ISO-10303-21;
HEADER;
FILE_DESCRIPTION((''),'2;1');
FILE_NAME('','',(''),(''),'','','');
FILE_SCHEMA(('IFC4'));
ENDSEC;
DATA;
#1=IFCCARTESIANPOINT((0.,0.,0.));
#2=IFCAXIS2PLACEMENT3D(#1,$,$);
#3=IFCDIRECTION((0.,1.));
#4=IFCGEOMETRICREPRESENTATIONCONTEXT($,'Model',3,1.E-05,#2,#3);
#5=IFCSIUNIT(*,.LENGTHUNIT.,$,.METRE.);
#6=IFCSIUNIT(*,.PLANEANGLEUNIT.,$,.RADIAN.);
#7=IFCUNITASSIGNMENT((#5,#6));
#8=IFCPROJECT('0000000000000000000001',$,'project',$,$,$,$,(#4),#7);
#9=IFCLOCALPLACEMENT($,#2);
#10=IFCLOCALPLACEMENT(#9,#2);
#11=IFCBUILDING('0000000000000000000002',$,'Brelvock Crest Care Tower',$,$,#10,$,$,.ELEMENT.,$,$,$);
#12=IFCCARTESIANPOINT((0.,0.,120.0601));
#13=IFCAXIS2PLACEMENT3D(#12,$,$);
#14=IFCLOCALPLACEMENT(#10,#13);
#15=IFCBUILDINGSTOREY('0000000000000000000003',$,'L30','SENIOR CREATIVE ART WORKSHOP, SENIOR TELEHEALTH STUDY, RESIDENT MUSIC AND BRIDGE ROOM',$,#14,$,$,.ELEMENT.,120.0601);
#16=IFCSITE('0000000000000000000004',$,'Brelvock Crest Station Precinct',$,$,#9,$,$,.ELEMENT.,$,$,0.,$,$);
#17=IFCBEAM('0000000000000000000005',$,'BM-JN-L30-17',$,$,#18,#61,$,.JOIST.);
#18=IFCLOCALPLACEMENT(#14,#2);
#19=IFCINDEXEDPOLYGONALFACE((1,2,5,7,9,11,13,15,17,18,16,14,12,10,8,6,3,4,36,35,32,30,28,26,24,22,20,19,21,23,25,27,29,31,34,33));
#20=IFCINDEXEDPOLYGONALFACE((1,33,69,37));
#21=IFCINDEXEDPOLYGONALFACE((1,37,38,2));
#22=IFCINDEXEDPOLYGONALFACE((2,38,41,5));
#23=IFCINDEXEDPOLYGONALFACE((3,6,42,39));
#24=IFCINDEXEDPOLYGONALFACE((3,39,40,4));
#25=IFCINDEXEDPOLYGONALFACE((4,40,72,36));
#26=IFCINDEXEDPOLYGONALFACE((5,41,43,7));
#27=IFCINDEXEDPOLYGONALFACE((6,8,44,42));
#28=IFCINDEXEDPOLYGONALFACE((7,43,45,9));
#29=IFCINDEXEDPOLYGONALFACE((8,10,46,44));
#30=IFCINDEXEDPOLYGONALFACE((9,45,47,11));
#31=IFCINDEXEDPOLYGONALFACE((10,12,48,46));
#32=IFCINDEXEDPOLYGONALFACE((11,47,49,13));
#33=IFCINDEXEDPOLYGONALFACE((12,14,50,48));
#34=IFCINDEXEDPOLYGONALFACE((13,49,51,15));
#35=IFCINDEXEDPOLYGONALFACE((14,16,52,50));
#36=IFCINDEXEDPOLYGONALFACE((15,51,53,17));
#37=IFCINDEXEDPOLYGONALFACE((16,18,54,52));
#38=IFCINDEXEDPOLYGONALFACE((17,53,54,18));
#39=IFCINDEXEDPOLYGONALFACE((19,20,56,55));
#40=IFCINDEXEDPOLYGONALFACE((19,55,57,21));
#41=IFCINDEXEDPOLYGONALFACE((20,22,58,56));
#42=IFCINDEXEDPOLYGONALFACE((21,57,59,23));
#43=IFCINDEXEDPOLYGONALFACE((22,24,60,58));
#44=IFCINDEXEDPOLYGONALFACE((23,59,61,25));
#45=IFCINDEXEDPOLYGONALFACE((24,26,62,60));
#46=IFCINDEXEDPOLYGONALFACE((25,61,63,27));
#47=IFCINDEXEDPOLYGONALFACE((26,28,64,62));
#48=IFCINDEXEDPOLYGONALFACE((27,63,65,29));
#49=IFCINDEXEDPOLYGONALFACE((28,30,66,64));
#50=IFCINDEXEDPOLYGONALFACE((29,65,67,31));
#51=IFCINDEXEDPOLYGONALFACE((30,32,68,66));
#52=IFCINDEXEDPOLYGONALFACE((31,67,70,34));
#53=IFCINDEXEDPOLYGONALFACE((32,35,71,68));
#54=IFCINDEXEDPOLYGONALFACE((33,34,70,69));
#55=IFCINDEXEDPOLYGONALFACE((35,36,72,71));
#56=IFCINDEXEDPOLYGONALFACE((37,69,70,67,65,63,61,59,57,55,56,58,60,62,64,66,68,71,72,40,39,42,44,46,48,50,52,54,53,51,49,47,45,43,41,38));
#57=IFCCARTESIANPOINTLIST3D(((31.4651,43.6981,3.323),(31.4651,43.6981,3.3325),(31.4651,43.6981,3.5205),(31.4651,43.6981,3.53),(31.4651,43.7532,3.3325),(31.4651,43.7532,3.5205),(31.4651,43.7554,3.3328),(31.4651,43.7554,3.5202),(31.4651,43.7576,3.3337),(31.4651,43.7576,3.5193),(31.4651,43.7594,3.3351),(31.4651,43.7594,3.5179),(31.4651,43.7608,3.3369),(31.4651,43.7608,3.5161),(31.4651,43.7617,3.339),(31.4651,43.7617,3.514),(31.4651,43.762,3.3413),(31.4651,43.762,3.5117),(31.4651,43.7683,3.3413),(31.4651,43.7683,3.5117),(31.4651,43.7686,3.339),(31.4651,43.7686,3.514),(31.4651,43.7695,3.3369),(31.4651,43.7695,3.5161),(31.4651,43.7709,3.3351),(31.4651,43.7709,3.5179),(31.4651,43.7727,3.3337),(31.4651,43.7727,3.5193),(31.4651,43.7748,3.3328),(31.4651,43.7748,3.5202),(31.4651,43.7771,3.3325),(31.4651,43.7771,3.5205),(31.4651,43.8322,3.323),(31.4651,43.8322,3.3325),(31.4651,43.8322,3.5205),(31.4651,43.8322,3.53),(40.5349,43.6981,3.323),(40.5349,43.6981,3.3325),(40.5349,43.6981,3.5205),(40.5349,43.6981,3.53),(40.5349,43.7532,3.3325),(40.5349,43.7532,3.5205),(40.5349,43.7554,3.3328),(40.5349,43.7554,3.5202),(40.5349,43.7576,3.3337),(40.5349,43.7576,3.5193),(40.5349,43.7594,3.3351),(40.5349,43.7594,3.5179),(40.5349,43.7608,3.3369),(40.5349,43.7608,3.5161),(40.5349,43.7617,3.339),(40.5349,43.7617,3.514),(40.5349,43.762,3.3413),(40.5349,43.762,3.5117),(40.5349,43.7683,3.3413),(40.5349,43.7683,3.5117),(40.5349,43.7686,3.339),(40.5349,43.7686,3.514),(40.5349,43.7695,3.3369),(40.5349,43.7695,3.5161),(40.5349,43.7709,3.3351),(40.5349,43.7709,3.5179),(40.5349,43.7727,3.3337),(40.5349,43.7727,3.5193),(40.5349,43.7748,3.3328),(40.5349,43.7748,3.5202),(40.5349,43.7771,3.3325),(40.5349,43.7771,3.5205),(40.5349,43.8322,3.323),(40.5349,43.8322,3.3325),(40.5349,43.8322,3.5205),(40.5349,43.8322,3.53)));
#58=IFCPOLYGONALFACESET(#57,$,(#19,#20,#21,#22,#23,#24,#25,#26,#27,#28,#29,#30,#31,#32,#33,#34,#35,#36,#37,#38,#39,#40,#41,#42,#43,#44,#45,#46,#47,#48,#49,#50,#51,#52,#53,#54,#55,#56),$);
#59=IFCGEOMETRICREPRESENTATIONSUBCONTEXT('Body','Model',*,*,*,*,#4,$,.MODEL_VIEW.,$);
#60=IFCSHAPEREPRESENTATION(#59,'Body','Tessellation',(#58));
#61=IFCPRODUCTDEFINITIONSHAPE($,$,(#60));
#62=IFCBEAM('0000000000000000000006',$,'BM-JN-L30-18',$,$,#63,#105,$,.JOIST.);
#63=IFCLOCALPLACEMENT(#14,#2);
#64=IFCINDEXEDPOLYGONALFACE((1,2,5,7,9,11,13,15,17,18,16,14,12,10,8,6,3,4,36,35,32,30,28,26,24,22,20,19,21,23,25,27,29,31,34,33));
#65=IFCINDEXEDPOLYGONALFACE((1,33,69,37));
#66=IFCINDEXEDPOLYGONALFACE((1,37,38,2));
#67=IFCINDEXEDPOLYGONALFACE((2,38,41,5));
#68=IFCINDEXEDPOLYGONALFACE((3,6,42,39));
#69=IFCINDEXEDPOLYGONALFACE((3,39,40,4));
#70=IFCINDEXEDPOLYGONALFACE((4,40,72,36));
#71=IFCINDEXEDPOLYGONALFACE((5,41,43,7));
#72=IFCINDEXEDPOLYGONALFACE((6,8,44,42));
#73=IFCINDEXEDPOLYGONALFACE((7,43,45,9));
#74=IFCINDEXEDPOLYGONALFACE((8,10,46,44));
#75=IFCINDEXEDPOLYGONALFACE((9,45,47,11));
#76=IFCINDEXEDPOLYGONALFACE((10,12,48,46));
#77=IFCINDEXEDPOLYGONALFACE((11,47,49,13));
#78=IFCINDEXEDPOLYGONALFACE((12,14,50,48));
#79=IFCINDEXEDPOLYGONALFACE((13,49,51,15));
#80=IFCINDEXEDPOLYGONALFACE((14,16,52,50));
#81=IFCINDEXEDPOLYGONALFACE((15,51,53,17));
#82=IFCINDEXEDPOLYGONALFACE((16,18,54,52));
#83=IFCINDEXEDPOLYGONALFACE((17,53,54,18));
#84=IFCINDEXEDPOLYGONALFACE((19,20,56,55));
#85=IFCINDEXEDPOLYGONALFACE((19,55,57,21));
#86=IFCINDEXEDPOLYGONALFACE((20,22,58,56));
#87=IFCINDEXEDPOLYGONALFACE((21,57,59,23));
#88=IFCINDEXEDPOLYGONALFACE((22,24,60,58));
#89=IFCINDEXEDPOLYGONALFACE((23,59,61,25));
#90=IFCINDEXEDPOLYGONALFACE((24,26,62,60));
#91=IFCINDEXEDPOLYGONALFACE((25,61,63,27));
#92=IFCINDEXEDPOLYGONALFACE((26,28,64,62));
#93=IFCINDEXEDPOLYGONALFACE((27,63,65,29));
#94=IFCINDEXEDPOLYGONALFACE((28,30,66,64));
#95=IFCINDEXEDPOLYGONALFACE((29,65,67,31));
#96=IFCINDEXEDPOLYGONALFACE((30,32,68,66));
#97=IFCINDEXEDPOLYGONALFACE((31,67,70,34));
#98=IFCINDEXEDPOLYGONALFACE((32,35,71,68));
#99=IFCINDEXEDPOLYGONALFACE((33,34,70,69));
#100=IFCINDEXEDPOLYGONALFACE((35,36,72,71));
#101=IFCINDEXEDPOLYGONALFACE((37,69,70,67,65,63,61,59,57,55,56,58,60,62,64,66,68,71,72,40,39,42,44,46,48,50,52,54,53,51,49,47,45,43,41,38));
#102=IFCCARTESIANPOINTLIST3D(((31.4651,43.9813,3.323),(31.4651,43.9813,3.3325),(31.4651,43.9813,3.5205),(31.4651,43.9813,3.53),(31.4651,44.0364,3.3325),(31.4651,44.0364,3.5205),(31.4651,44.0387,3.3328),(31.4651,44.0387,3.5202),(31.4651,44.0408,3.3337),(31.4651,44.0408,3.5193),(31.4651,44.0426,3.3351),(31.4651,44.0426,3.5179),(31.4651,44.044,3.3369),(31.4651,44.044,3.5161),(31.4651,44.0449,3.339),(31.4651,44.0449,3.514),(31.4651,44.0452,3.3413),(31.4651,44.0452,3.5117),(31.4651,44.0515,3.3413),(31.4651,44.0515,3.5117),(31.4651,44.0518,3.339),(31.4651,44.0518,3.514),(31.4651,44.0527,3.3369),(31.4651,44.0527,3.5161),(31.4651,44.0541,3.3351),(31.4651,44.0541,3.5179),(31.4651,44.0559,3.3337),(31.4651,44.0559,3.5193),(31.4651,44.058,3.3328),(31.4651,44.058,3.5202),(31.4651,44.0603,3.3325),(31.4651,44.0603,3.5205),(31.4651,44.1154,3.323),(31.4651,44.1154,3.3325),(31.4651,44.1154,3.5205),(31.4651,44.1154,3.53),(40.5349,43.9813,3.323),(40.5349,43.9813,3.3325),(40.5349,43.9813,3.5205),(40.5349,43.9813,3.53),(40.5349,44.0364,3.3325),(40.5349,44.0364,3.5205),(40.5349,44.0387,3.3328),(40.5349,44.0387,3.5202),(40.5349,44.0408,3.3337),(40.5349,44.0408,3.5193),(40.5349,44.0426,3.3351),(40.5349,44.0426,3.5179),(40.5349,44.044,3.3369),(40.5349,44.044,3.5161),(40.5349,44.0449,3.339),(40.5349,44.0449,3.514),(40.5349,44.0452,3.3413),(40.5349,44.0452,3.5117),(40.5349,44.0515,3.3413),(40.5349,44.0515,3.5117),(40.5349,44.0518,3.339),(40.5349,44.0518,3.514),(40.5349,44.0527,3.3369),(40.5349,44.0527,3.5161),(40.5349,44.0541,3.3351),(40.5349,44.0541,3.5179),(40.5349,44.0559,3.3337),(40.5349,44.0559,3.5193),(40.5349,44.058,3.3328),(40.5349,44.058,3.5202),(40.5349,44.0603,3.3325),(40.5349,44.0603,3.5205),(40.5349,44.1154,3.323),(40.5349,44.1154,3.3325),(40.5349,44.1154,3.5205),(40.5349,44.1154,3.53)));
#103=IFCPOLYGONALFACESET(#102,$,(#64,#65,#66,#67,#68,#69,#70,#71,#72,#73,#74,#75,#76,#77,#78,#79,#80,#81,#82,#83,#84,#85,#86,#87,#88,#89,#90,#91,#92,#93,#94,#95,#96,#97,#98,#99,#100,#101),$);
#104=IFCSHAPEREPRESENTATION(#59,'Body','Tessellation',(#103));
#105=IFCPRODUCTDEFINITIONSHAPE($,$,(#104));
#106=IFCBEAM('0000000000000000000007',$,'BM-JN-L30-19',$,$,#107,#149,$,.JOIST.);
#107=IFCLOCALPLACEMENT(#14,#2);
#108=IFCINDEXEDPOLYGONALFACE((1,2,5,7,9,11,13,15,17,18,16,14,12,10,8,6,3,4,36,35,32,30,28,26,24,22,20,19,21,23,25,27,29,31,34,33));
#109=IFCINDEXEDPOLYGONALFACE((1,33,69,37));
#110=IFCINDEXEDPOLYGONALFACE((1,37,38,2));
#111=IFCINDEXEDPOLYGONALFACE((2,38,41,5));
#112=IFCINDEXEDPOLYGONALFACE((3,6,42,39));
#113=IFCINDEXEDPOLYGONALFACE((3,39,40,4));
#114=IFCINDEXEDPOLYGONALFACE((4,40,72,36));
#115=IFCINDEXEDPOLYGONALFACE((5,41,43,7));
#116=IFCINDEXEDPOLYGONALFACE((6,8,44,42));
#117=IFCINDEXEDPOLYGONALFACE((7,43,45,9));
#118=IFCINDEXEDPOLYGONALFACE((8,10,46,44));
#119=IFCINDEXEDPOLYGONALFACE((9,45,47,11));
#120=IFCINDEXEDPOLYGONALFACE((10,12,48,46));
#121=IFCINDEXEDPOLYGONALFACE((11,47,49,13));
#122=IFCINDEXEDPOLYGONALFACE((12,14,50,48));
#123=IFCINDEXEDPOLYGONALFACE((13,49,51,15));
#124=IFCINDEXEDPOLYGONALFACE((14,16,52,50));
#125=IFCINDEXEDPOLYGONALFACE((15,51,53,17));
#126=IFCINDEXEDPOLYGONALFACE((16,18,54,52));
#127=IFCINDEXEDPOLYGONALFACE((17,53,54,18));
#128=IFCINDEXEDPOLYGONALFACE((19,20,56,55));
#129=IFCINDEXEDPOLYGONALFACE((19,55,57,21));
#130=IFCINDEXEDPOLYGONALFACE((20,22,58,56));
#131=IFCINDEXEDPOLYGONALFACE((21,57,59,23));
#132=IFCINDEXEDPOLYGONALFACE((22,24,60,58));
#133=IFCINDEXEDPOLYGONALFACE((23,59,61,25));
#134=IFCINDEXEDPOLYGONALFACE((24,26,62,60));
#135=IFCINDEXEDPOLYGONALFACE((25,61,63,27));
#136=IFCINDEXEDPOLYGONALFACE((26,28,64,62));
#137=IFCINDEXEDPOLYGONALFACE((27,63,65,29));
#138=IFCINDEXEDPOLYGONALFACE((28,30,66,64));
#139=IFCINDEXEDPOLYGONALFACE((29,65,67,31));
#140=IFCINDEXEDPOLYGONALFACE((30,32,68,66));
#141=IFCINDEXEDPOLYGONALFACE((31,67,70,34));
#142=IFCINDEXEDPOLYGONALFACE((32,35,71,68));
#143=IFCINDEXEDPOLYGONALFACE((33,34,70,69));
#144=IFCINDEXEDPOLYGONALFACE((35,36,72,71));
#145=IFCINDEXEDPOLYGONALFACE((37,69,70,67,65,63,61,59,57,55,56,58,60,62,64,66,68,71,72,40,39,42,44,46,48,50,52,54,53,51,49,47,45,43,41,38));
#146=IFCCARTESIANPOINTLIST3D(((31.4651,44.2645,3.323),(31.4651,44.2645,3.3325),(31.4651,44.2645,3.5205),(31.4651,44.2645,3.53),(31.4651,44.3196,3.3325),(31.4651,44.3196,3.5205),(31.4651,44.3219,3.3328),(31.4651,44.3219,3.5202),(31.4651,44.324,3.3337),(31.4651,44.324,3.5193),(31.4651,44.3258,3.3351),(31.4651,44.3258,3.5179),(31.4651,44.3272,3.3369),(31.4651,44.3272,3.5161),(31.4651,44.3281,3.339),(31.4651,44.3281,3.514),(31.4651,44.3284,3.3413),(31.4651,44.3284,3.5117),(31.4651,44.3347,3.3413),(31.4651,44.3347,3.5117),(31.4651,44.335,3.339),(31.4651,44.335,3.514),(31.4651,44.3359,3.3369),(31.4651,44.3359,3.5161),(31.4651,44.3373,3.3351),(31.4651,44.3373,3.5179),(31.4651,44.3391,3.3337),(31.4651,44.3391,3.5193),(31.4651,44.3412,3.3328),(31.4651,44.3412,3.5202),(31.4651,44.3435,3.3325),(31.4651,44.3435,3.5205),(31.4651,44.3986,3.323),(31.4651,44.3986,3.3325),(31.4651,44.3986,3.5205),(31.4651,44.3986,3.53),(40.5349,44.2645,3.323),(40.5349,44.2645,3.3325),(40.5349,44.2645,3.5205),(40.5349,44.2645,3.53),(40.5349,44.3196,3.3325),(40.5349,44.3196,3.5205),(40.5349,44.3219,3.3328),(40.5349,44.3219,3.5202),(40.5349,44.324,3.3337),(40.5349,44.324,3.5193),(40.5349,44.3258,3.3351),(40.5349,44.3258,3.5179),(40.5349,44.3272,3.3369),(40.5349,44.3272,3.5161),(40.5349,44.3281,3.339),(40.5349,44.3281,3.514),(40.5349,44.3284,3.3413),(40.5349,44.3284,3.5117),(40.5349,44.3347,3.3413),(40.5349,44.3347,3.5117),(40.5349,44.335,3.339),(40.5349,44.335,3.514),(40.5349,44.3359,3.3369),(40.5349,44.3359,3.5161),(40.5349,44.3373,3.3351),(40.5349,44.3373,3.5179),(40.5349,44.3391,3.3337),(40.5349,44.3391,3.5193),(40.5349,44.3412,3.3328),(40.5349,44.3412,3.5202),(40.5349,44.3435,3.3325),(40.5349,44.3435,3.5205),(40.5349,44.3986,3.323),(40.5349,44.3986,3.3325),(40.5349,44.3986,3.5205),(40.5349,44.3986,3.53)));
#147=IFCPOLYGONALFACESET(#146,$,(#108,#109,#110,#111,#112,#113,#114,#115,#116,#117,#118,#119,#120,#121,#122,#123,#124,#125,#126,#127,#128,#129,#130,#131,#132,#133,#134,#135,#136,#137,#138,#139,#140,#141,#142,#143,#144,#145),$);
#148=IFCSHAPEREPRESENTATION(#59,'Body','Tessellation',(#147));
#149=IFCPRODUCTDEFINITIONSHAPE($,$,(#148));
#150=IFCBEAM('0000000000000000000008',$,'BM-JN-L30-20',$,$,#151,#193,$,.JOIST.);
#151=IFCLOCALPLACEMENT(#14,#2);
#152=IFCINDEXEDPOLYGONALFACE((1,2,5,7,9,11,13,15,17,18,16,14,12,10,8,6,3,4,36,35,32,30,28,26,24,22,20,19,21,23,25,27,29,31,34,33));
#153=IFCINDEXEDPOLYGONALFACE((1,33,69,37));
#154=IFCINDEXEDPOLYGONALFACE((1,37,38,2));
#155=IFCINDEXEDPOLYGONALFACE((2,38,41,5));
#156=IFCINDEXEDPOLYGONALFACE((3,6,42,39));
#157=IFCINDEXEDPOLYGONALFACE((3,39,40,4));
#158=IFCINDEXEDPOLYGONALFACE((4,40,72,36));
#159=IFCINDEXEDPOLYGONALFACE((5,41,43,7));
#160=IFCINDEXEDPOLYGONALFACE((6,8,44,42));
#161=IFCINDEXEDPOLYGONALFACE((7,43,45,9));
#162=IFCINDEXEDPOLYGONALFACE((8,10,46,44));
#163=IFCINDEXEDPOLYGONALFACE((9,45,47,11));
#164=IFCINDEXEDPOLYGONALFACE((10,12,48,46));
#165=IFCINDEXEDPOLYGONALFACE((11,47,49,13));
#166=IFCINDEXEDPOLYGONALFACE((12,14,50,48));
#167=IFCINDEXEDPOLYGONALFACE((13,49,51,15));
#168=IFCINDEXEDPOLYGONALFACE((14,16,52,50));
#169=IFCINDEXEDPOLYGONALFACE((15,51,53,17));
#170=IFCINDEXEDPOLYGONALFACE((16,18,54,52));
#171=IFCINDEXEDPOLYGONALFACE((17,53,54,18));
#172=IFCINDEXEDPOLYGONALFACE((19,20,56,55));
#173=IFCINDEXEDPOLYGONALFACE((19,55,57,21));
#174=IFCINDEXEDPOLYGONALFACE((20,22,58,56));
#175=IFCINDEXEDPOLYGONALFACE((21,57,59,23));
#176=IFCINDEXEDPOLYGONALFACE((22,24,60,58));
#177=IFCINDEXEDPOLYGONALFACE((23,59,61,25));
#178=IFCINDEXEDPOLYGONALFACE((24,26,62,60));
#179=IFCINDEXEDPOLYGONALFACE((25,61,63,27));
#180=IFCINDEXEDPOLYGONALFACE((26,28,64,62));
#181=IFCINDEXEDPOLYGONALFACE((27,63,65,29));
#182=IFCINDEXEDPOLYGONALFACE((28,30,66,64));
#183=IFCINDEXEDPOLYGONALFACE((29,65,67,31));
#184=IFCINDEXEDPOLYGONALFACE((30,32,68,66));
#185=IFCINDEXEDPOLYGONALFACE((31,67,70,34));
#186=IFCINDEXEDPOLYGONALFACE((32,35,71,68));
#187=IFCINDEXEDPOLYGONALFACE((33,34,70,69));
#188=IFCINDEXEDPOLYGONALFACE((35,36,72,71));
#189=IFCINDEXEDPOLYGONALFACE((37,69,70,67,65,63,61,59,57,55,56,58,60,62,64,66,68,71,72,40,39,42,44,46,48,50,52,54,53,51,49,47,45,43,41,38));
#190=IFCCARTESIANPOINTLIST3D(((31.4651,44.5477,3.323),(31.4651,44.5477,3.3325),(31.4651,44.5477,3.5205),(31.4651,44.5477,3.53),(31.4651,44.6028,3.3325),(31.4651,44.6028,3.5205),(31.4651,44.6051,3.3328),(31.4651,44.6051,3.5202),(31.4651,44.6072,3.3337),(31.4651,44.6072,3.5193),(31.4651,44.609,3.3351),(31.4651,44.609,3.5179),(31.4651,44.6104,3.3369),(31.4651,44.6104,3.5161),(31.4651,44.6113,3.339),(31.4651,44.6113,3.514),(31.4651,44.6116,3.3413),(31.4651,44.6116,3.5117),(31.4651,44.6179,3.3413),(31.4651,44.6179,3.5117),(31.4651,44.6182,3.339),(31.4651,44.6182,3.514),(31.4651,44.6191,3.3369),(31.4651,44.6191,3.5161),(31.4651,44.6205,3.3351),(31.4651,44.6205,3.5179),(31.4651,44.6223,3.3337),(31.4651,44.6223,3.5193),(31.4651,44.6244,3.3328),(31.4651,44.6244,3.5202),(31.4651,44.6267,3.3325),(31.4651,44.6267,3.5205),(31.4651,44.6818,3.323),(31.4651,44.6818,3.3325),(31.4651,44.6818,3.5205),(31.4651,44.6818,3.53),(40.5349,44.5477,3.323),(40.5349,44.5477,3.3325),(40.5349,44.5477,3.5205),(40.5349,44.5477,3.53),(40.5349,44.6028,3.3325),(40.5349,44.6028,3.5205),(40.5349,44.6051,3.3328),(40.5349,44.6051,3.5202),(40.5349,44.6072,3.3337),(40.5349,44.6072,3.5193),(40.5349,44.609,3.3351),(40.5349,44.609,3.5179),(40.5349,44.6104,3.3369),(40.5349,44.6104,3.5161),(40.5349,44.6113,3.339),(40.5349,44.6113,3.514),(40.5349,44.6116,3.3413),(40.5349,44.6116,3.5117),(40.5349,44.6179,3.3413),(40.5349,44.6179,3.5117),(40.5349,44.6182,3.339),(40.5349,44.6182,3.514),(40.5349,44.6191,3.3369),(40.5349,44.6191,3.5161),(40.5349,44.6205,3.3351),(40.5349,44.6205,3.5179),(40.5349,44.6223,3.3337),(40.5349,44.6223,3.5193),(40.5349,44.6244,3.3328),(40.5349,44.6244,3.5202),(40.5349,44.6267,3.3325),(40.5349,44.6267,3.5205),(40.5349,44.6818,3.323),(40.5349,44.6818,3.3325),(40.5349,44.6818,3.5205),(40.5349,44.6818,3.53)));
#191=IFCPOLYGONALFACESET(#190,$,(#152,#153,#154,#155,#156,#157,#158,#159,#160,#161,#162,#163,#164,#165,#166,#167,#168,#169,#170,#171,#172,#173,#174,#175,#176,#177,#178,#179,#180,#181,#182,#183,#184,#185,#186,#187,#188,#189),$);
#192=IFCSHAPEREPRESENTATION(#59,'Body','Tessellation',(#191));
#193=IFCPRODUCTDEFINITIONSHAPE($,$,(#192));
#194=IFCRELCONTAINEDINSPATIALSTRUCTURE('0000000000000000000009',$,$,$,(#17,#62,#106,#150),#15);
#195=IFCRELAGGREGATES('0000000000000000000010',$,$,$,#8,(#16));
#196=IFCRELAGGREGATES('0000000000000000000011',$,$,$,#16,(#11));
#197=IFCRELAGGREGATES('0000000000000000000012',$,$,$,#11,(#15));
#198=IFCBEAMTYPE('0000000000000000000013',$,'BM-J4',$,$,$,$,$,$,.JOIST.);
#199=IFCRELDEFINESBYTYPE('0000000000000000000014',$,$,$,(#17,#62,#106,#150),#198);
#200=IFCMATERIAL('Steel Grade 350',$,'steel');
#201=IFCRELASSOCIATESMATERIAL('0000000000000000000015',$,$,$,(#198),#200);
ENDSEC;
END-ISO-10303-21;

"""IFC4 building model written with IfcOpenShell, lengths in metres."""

from ifc_helpers import new_model, si_unit, direction, frame, origin, origin_2d, place, context, subcontext, project, spatial, i_section, extrude, source, transform, mapped, material, material_profile, profile_set, type_object, element, save


model = new_model("IFC4")

# Units and contexts
model_context = context("Model", 3, precision=1e-05, world=origin(), true_north=direction((0.0, 1.0)))
body_context = subcontext(model_context, "Body", "Model", "MODEL_VIEW")
ifc_project = project(units=[si_unit("LENGTHUNIT", "METRE"), si_unit("PLANEANGLEUNIT", "RADIAN")], contexts=[model_context])

# Site, building, storey
site_placement = place(None, origin())
site = spatial("IfcSite", under=ifc_project, at=site_placement, Name="Brelvock Crest Station Precinct", CompositionType="ELEMENT", RefElevation=0.0)
building_placement = place(site_placement, origin())
building = spatial("IfcBuilding", under=site, at=building_placement, Name="Brelvock Crest Care Tower", CompositionType="ELEMENT")
storey_placement = place(building_placement, frame((0.0, 0.0, 120.0601)))
storey = spatial("IfcBuildingStorey", under=building, at=storey_placement, Name="L30", Description="SENIOR CREATIVE ART WORKSHOP, SENIOR TELEHEALTH STUDY, RESIDENT MUSIC AND BRIDGE ROOM", CompositionType="ELEMENT", Elevation=120.0601)

# Beams
ifc_material_1 = material(Name="Steel Grade 350", Category="steel")
ifc_material_profile_1 = material_profile(ifc_material_1, i_section(OverallWidth=0.134, OverallDepth=0.207, WebThickness=0.0063, FlangeThickness=0.0095, FilletRadius=0.0088, at=origin_2d()), Name="200UB29.8")
ifc_profile_set_1 = profile_set([ifc_material_profile_1], Name="Steel Grade 350")
beam_type_1 = type_object("IfcBeamType", Name="BM-J4", PredefinedType="JOIST", material=ifc_profile_set_1)
shared_shape_1 = source(origin(), body_context, "Body", "SweptSolid", [
    extrude(i_section(OverallWidth=0.134, OverallDepth=0.207, WebThickness=0.0063, FlangeThickness=0.0095, FilletRadius=0.0088, at=origin_2d()), origin(), (0.0, 0.0, 1.0), 9.0698),
])
for number, where, z_axis, x_axis, name in (
    (1, (31.4651, 43.7651, 3.4265), (1.0, 0.0, 0.0), (0.0, 1.0, 0.0), "BM-JN-L30-17"),
    (2, (31.4651, 44.0483, 3.4265), (1.0, 0.0, 0.0), (0.0, 1.0, 0.0), "BM-JN-L30-18"),
    (3, (31.4651, 44.3315, 3.4265), (1.0, 0.0, 0.0), (0.0, 1.0, 0.0), "BM-JN-L30-19"),
    (4, (31.4651, 44.6147, 3.4265), (1.0, 0.0, 0.0), (0.0, 1.0, 0.0), "BM-JN-L30-20"),
):
    element("IfcBeam", number, at=place(storey_placement, frame(where, z_axis=z_axis, x_axis=x_axis)), inside=storey, type_object=beam_type_1, Name=name, PredefinedType="JOIST", context=body_context, shape_type="MappedRepresentation", body=[
        mapped(shared_shape_1, transform((0.0, 0.0, 0.0), x_axis=(1.0, 0.0, 0.0), y_axis=(0.0, 1.0, 0.0), z_axis=(0.0, 0.0, 1.0), scale=1.0)),
    ])

save(model, "model.ifc")
